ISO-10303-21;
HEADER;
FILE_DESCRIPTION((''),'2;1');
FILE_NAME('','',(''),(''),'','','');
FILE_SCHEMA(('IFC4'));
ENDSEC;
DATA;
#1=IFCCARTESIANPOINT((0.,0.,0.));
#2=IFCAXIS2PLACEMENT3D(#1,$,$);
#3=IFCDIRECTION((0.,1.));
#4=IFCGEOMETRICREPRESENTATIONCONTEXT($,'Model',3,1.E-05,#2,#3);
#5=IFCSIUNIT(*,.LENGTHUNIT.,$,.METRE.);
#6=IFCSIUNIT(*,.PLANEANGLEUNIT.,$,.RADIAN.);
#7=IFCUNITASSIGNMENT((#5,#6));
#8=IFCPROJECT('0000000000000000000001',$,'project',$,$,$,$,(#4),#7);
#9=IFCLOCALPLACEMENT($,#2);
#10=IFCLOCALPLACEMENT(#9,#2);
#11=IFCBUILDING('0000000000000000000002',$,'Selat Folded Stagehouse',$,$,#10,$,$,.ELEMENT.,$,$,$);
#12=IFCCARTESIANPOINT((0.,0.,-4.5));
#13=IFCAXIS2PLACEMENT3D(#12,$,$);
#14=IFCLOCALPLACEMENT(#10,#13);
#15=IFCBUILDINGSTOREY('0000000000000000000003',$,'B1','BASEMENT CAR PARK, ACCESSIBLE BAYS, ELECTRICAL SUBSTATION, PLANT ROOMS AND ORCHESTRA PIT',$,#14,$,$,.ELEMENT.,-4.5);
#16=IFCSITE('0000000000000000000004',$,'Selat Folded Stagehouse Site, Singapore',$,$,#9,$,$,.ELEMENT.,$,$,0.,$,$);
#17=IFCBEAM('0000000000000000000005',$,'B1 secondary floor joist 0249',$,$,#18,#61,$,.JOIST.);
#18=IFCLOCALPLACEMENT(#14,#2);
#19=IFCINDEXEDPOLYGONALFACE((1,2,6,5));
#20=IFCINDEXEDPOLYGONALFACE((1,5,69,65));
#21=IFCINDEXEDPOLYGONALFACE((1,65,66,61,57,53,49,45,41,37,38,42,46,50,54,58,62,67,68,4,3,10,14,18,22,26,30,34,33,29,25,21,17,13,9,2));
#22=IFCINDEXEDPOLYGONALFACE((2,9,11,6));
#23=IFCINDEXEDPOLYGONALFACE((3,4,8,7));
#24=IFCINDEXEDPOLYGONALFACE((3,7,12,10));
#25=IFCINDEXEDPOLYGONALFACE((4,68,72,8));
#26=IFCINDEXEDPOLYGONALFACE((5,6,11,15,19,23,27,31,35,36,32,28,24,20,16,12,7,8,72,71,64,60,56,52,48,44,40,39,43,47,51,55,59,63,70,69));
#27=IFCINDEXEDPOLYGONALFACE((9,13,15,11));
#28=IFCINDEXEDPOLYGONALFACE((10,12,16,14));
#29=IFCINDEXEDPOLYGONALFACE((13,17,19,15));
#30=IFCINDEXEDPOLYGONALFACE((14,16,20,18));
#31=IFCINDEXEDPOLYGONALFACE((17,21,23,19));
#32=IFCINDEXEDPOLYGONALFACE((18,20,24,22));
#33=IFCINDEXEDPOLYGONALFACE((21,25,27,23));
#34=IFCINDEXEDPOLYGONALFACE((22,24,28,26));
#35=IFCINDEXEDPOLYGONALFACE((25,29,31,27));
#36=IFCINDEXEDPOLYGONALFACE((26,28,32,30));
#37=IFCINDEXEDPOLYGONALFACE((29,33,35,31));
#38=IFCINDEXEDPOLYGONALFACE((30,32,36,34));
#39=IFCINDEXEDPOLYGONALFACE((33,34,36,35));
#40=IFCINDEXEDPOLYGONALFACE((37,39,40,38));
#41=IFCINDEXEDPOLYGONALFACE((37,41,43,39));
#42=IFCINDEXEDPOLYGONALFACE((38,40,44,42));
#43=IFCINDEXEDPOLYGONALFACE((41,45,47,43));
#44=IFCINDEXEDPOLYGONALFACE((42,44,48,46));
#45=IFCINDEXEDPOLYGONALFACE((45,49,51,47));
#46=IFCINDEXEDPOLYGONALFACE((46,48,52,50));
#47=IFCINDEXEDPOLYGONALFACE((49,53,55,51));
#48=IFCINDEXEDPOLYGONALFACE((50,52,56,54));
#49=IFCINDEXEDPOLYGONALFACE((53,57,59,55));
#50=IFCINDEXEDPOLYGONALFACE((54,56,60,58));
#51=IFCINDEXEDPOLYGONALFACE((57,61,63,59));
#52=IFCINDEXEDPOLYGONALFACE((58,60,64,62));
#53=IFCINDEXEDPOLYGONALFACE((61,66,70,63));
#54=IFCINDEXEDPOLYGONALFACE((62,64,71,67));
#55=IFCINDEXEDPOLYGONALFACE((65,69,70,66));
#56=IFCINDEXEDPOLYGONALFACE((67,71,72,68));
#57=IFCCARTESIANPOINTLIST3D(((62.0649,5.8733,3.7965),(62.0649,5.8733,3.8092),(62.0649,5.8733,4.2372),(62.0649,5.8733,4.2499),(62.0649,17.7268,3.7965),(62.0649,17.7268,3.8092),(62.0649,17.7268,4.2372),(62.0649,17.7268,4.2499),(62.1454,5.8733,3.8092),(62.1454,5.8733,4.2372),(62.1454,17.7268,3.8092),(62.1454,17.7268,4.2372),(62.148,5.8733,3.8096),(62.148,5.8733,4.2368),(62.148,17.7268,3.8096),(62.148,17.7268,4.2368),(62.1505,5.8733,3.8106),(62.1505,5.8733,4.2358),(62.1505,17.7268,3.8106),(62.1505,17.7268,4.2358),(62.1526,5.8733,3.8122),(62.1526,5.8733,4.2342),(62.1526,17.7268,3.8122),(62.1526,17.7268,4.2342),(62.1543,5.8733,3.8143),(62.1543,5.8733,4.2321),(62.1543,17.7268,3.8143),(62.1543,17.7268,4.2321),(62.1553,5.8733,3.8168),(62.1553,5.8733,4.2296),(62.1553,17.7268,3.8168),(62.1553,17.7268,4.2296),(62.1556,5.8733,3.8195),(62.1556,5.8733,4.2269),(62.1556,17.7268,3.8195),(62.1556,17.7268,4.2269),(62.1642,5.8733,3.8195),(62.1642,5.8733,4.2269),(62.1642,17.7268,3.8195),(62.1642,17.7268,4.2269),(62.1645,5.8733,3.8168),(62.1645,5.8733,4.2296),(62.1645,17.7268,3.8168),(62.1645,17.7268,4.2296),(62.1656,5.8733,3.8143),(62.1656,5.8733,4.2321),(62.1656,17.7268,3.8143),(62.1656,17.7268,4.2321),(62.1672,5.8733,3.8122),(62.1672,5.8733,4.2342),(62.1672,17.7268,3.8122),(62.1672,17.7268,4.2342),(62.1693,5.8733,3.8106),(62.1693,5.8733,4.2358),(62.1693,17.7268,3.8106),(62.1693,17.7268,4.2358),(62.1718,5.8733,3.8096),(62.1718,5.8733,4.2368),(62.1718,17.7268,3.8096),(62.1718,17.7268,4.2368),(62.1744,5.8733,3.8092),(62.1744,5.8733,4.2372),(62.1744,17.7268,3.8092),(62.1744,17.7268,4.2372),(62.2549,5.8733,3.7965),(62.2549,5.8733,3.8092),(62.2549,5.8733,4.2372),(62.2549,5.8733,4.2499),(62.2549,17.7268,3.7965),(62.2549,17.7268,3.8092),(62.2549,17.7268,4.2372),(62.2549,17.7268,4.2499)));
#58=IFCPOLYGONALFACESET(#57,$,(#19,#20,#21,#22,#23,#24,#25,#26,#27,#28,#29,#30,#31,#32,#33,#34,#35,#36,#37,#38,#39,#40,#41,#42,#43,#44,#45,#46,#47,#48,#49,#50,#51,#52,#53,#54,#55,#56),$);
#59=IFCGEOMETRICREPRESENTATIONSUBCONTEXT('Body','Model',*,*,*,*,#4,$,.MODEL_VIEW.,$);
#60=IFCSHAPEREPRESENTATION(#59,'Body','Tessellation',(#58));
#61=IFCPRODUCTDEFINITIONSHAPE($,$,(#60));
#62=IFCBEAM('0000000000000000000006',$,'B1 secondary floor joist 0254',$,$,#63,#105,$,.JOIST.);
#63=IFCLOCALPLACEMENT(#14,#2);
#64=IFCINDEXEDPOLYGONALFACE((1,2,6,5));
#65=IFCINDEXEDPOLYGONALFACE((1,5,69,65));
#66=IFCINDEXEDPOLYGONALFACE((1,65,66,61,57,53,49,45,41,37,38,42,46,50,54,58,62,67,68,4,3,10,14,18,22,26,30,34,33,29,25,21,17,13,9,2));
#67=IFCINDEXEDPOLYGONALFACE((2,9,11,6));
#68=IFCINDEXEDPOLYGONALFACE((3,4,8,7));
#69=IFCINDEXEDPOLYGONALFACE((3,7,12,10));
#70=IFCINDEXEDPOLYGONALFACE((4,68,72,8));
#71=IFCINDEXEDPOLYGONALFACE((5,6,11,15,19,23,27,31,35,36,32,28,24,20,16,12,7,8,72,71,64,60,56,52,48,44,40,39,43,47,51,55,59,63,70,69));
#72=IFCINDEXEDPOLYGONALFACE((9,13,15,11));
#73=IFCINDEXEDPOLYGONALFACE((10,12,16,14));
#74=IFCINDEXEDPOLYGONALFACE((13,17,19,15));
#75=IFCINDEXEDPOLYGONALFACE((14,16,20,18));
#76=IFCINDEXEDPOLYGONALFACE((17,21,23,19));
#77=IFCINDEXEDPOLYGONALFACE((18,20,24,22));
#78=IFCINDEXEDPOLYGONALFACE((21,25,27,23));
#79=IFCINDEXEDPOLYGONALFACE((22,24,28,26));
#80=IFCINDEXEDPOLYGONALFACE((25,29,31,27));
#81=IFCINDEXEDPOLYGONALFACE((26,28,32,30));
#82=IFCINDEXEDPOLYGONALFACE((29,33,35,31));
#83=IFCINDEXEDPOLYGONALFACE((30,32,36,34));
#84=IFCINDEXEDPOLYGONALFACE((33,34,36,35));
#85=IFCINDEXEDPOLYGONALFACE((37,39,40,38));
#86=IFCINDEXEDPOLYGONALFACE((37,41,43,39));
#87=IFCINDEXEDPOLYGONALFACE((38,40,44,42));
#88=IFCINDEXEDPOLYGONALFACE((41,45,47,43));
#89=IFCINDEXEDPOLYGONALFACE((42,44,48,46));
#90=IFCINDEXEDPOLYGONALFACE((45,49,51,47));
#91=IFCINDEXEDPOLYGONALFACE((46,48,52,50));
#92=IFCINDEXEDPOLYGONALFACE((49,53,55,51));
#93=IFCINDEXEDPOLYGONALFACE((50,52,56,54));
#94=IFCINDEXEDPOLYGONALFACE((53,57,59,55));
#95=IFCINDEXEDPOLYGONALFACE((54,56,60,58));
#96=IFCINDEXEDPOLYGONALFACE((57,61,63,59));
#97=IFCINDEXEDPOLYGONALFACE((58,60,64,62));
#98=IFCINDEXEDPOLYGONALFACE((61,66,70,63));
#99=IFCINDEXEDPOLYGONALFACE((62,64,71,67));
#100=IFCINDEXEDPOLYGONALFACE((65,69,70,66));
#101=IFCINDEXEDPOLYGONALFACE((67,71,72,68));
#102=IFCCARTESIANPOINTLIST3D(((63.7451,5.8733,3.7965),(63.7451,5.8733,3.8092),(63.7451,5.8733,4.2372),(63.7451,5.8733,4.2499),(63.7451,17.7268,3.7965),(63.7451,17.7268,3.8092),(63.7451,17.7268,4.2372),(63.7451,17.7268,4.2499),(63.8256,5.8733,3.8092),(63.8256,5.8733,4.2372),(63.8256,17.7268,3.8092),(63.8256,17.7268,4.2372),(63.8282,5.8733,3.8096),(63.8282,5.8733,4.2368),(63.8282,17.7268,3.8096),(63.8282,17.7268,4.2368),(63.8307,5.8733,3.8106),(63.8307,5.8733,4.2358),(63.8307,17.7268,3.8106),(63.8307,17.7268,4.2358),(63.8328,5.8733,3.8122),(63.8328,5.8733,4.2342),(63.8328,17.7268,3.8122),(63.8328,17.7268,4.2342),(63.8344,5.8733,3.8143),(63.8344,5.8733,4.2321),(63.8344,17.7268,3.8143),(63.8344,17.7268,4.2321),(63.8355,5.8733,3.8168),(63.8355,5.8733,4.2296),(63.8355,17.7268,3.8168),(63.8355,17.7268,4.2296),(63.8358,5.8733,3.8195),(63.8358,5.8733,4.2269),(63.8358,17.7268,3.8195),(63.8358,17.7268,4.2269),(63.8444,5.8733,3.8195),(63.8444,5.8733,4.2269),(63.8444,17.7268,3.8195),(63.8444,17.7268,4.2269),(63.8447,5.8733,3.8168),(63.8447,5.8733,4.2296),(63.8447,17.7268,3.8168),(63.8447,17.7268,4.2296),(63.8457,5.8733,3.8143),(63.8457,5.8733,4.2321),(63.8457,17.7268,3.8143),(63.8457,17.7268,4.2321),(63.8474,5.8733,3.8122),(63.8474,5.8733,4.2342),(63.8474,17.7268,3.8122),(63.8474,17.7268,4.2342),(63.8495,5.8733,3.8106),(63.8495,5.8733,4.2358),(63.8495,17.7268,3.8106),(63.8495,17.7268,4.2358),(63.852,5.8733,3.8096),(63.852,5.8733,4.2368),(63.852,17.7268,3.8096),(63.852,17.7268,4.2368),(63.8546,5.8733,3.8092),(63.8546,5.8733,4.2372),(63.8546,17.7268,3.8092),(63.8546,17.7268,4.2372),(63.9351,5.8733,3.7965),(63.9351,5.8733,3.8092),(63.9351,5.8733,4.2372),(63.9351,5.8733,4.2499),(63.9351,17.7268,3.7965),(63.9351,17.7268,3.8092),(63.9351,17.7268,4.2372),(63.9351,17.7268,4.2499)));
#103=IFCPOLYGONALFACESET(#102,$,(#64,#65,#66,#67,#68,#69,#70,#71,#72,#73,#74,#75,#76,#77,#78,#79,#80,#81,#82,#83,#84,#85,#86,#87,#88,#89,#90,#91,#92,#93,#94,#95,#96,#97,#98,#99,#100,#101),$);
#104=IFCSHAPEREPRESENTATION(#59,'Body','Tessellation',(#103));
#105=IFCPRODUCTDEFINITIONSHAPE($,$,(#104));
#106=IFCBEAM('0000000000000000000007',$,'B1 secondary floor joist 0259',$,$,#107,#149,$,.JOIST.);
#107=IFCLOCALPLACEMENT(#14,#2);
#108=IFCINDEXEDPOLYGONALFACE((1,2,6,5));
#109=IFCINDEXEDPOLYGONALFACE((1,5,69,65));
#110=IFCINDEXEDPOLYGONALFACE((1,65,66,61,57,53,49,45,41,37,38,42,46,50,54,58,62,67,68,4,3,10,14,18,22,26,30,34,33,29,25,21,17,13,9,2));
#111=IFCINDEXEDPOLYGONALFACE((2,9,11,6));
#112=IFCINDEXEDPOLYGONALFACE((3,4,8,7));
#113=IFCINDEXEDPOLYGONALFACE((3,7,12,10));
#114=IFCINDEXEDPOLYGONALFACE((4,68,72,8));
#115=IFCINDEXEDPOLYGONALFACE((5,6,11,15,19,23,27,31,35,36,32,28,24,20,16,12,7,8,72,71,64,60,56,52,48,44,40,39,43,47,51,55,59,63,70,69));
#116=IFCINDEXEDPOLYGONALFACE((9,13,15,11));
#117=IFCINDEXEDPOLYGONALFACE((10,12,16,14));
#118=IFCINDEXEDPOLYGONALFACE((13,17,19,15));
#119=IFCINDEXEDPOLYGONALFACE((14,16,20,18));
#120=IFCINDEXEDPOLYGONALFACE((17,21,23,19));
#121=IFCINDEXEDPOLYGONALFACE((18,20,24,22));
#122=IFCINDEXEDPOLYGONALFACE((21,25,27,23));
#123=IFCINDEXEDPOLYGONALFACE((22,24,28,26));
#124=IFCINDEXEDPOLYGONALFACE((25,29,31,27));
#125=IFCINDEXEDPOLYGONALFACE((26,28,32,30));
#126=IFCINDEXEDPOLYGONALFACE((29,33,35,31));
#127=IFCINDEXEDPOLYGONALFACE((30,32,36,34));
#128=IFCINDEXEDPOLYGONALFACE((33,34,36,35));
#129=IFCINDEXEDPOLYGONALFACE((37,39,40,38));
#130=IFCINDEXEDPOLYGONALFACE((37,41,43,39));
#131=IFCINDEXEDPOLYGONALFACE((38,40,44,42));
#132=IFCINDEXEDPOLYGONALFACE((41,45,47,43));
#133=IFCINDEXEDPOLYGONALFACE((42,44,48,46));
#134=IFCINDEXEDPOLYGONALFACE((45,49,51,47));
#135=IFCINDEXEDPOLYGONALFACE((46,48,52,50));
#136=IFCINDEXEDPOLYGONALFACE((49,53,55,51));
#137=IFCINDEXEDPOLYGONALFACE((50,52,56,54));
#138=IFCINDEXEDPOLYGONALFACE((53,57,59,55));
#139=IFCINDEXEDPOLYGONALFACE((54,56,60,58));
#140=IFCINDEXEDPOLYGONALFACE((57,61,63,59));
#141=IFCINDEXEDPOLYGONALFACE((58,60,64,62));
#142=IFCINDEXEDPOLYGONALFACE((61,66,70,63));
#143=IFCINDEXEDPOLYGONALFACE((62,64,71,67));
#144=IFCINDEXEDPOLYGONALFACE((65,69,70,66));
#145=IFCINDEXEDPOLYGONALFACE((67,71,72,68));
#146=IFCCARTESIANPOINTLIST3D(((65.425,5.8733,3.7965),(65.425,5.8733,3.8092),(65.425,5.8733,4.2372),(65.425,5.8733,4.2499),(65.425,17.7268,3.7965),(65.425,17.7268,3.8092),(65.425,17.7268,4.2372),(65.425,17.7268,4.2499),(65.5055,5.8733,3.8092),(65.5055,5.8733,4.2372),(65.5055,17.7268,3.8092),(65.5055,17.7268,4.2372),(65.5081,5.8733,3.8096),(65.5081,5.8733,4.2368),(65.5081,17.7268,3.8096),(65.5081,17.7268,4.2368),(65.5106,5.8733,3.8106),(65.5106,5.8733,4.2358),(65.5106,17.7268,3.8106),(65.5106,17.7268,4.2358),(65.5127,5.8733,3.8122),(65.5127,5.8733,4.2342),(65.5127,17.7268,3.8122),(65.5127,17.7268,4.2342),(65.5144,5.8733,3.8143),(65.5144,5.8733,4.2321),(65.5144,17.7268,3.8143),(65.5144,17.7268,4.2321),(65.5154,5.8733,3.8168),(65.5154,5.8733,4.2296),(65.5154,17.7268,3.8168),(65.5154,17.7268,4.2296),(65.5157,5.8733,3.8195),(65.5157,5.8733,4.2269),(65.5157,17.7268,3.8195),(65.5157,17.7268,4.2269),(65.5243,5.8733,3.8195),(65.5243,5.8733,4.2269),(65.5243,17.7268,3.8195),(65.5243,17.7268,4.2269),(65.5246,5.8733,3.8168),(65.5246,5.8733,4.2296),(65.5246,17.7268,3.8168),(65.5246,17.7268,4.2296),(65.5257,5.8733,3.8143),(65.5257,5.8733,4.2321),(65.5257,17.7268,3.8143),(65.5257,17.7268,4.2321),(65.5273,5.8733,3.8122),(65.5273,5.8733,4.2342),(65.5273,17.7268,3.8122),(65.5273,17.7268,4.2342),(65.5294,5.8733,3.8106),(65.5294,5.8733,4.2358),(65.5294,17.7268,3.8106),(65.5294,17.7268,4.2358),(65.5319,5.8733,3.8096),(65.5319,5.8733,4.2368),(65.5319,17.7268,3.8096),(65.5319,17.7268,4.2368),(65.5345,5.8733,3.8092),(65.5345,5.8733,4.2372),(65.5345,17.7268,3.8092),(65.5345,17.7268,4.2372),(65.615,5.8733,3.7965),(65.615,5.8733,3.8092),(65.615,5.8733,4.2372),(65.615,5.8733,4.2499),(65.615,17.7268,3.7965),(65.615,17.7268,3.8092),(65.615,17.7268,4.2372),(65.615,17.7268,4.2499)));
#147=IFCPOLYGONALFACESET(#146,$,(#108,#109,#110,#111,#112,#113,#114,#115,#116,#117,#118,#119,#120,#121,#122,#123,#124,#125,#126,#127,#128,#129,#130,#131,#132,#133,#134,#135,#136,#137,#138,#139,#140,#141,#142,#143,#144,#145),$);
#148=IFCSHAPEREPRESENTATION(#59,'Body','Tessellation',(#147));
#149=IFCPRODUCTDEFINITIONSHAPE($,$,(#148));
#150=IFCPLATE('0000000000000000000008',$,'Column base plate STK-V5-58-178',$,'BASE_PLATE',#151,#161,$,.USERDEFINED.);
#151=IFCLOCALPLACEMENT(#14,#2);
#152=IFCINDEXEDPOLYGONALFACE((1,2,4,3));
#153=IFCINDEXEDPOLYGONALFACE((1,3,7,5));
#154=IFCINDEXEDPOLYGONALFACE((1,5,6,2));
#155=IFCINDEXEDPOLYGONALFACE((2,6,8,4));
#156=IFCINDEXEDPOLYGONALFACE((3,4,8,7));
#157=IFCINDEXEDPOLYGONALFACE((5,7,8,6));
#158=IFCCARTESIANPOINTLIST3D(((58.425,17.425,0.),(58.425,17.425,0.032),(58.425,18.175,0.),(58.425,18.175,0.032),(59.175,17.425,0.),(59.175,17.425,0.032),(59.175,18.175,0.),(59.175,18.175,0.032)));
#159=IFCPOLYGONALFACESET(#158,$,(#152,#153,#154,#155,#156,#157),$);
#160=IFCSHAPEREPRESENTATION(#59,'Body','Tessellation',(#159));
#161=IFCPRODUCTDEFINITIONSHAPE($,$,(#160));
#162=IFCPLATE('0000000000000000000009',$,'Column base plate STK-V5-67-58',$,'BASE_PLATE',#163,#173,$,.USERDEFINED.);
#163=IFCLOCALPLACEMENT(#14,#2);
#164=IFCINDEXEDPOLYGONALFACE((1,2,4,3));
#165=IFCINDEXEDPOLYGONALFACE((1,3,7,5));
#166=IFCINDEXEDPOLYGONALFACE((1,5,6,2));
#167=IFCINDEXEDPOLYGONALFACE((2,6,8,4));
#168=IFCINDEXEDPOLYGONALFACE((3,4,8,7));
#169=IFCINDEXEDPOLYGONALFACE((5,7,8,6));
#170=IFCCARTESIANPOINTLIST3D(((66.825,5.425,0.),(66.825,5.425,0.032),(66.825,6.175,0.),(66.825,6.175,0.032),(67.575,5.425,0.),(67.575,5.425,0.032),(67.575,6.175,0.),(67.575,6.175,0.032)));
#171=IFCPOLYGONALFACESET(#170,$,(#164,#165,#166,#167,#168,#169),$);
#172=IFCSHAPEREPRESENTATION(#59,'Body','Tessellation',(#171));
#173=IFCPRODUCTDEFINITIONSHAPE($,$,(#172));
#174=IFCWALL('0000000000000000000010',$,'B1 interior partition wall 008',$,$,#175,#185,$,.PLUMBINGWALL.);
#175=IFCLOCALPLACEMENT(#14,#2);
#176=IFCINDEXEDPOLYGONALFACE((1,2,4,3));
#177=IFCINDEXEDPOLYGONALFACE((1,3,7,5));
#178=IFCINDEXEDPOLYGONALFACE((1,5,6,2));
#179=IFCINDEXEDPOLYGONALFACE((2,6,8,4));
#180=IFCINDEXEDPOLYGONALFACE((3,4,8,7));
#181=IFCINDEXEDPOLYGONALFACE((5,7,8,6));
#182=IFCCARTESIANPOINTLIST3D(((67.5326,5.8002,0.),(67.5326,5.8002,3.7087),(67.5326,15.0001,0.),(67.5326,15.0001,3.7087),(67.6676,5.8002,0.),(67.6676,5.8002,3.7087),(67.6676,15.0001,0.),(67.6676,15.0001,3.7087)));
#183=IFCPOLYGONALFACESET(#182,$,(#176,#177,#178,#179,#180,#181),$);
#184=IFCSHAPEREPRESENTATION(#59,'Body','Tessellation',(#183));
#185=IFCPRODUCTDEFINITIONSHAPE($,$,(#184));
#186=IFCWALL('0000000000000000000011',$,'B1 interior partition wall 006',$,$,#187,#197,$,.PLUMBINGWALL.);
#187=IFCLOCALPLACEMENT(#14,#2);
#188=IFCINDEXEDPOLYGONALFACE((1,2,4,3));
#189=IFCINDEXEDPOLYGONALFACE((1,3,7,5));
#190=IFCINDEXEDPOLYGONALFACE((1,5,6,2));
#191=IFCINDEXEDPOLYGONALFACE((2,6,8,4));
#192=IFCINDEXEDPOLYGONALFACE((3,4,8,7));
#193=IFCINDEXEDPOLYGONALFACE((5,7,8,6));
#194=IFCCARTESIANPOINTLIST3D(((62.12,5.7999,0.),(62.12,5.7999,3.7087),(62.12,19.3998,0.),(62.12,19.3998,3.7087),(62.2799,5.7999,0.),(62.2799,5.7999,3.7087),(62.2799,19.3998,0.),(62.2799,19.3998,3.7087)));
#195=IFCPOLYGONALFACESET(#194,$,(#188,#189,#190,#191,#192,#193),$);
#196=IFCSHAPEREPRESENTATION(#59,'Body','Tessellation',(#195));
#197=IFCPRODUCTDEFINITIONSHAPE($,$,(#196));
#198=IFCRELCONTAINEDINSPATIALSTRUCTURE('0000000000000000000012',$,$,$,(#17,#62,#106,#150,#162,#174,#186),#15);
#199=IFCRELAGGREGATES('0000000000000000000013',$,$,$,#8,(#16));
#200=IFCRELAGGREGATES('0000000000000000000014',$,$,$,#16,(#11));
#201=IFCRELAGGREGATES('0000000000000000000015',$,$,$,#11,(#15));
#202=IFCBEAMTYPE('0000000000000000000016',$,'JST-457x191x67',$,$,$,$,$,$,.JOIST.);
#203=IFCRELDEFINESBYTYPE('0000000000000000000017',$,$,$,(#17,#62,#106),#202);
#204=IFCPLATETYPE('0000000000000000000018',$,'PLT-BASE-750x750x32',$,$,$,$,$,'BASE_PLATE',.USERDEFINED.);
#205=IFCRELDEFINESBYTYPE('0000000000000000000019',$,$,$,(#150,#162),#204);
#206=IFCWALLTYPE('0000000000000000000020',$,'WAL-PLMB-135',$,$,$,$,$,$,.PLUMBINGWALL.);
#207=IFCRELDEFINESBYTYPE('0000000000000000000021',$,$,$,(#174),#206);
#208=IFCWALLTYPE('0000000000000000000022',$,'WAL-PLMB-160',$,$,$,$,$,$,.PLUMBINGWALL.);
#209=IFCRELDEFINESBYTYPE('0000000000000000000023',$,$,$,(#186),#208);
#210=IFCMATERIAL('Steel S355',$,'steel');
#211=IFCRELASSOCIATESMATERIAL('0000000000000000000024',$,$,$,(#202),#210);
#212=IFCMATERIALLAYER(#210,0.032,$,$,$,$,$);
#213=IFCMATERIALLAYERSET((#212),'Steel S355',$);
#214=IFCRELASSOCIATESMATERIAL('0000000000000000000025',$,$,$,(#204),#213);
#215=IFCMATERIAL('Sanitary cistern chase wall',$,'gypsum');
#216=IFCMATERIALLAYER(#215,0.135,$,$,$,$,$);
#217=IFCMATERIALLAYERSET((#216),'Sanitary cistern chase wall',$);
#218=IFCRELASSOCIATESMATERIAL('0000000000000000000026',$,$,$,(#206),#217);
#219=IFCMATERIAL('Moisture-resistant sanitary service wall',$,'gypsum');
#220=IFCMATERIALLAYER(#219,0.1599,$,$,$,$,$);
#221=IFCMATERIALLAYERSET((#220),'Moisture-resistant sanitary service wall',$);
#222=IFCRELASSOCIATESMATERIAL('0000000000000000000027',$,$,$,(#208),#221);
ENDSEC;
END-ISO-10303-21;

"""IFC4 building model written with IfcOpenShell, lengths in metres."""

from ifc_helpers import new_model, si_unit, direction, frame, frame_2d, origin, origin_2d, place, context, subcontext, project, spatial, rectangle, i_section, extrude, material, layer, layer_set, material_profile, profile_set, type_object, element, save


model = new_model("IFC4")

# Units and contexts
model_context = context("Model", 3, precision=1e-05, world=origin(), true_north=direction((0.0, 1.0)))
body_context = subcontext(model_context, "Body", "Model", "MODEL_VIEW")
ifc_project = project(units=[si_unit("LENGTHUNIT", "METRE"), si_unit("PLANEANGLEUNIT", "RADIAN")], contexts=[model_context])

# Site, building, storey
site_placement = place(None, origin())
site = spatial("IfcSite", under=ifc_project, at=site_placement, Name="Selat Folded Stagehouse Site, Singapore", CompositionType="ELEMENT", RefElevation=0.0)
building_placement = place(site_placement, origin())
building = spatial("IfcBuilding", under=site, at=building_placement, Name="Selat Folded Stagehouse", CompositionType="ELEMENT")
storey_placement = place(building_placement, frame((0.0, 0.0, -4.5)))
storey = spatial("IfcBuildingStorey", under=building, at=storey_placement, Name="B1", Description="BASEMENT CAR PARK, ACCESSIBLE BAYS, ELECTRICAL SUBSTATION, PLANT ROOMS AND ORCHESTRA PIT", CompositionType="ELEMENT", Elevation=-4.5)

# Shared definitions
ifc_material_1 = material(Name="Steel S355", Category="steel")

# Beams
ifc_material_profile_1 = material_profile(ifc_material_1, i_section(OverallWidth=0.1899, OverallDepth=0.4534, WebThickness=0.0085, FlangeThickness=0.0127, FilletRadius=0.0103, at=origin_2d()), Name="UKB 457x191x67")
ifc_profile_set_1 = profile_set([ifc_material_profile_1], Name="Steel S355")
beam_type_1 = type_object("IfcBeamType", Name="JST-457x191x67", PredefinedType="JOIST", material=ifc_profile_set_1)
for number, where, z_axis, x_axis, name in (
    (1, (62.1599, 5.8733, 4.0232), (0.0, 1.0, 0.0), (-1.0, 0.0, 0.0), "B1 secondary floor joist 0249"),
    (2, (63.8401, 5.8733, 4.0232), (0.0, 1.0, 0.0), (-1.0, 0.0, 0.0), "B1 secondary floor joist 0254"),
    (3, (65.52, 5.8733, 4.0232), (0.0, 1.0, 0.0), (-1.0, 0.0, 0.0), "B1 secondary floor joist 0259"),
):
    element("IfcBeam", number, at=place(storey_placement, frame(where, z_axis=z_axis, x_axis=x_axis)), inside=storey, type_object=beam_type_1, Name=name, PredefinedType="JOIST", context=body_context, shape_type="SweptSolid", body=[
        extrude(i_section(OverallWidth=0.1899, OverallDepth=0.4534, WebThickness=0.0085, FlangeThickness=0.0127, FilletRadius=0.0103, at=origin_2d()), origin(), (0.0, 0.0, 1.0), 11.8535),
    ])

# Plates
ifc_layer_1 = layer(ifc_material_1, 0.032)
ifc_layer_set_1 = layer_set([ifc_layer_1], Name="Steel S355")
plate_type = type_object("IfcPlateType", Name="PLT-BASE-750x750x32", ElementType="BASE_PLATE", PredefinedType="USERDEFINED", material=ifc_layer_set_1)
for number, where, z_axis, x_axis, name in (
    (4, (58.8, 17.8, 0.0), (0.0, 0.0, 1.0), (1.0, 0.0, 0.0), "Column base plate STK-V5-58-178"),
    (5, (67.2, 5.8, 0.0), (0.0, 0.0, 1.0), (1.0, 0.0, 0.0), "Column base plate STK-V5-67-58"),
):
    element("IfcPlate", number, at=place(storey_placement, frame(where, z_axis=z_axis, x_axis=x_axis)), inside=storey, type_object=plate_type, Name=name, ObjectType="BASE_PLATE", PredefinedType="USERDEFINED", context=body_context, shape_type="SweptSolid", body=[
        extrude(rectangle(XDim=0.75, YDim=0.75, at=origin_2d()), origin(), (0.0, 0.0, 1.0), 0.032),
    ])

# Walls
ifc_material_2 = material(Name="Sanitary cistern chase wall", Category="gypsum")
ifc_layer_2 = layer(ifc_material_2, 0.135)
ifc_layer_set_2 = layer_set([ifc_layer_2], Name="Sanitary cistern chase wall")
wall_type_1 = type_object("IfcWallType", Name="WAL-PLMB-135", PredefinedType="PLUMBINGWALL", material=ifc_layer_set_2)
wall_1_placement = place(storey_placement, frame((67.6001, 5.8, 0.0), z_axis=(0.0, 0.0, 1.0), x_axis=(0.0, 1.0, 0.0)))
element("IfcWall", 6, at=wall_1_placement, inside=storey, type_object=wall_type_1, Name="B1 interior partition wall 008", PredefinedType="PLUMBINGWALL", context=body_context, shape_type="SweptSolid", body=[
    extrude(rectangle(XDim=9.2, YDim=0.135, at=frame_2d((4.6001, 0.0))), origin(), (0.0, 0.0, 1.0), 3.7087),
])
ifc_material_3 = material(Name="Moisture-resistant sanitary service wall", Category="gypsum")
ifc_layer_3 = layer(ifc_material_3, 0.1599)
ifc_layer_set_3 = layer_set([ifc_layer_3], Name="Moisture-resistant sanitary service wall")
wall_type_2 = type_object("IfcWallType", Name="WAL-PLMB-160", PredefinedType="PLUMBINGWALL", material=ifc_layer_set_3)
wall_2_placement = place(storey_placement, frame((62.2, 5.8, 0.0), z_axis=(0.0, 0.0, 1.0), x_axis=(0.0, 1.0, 0.0)))
element("IfcWall", 7, at=wall_2_placement, inside=storey, type_object=wall_type_2, Name="B1 interior partition wall 006", PredefinedType="PLUMBINGWALL", context=body_context, shape_type="SweptSolid", body=[
    extrude(rectangle(XDim=13.5999, YDim=0.1599, at=frame_2d((6.7998, 0.0))), origin(), (0.0, 0.0, 1.0), 3.7087),
])

save(model, "model.ifc")
